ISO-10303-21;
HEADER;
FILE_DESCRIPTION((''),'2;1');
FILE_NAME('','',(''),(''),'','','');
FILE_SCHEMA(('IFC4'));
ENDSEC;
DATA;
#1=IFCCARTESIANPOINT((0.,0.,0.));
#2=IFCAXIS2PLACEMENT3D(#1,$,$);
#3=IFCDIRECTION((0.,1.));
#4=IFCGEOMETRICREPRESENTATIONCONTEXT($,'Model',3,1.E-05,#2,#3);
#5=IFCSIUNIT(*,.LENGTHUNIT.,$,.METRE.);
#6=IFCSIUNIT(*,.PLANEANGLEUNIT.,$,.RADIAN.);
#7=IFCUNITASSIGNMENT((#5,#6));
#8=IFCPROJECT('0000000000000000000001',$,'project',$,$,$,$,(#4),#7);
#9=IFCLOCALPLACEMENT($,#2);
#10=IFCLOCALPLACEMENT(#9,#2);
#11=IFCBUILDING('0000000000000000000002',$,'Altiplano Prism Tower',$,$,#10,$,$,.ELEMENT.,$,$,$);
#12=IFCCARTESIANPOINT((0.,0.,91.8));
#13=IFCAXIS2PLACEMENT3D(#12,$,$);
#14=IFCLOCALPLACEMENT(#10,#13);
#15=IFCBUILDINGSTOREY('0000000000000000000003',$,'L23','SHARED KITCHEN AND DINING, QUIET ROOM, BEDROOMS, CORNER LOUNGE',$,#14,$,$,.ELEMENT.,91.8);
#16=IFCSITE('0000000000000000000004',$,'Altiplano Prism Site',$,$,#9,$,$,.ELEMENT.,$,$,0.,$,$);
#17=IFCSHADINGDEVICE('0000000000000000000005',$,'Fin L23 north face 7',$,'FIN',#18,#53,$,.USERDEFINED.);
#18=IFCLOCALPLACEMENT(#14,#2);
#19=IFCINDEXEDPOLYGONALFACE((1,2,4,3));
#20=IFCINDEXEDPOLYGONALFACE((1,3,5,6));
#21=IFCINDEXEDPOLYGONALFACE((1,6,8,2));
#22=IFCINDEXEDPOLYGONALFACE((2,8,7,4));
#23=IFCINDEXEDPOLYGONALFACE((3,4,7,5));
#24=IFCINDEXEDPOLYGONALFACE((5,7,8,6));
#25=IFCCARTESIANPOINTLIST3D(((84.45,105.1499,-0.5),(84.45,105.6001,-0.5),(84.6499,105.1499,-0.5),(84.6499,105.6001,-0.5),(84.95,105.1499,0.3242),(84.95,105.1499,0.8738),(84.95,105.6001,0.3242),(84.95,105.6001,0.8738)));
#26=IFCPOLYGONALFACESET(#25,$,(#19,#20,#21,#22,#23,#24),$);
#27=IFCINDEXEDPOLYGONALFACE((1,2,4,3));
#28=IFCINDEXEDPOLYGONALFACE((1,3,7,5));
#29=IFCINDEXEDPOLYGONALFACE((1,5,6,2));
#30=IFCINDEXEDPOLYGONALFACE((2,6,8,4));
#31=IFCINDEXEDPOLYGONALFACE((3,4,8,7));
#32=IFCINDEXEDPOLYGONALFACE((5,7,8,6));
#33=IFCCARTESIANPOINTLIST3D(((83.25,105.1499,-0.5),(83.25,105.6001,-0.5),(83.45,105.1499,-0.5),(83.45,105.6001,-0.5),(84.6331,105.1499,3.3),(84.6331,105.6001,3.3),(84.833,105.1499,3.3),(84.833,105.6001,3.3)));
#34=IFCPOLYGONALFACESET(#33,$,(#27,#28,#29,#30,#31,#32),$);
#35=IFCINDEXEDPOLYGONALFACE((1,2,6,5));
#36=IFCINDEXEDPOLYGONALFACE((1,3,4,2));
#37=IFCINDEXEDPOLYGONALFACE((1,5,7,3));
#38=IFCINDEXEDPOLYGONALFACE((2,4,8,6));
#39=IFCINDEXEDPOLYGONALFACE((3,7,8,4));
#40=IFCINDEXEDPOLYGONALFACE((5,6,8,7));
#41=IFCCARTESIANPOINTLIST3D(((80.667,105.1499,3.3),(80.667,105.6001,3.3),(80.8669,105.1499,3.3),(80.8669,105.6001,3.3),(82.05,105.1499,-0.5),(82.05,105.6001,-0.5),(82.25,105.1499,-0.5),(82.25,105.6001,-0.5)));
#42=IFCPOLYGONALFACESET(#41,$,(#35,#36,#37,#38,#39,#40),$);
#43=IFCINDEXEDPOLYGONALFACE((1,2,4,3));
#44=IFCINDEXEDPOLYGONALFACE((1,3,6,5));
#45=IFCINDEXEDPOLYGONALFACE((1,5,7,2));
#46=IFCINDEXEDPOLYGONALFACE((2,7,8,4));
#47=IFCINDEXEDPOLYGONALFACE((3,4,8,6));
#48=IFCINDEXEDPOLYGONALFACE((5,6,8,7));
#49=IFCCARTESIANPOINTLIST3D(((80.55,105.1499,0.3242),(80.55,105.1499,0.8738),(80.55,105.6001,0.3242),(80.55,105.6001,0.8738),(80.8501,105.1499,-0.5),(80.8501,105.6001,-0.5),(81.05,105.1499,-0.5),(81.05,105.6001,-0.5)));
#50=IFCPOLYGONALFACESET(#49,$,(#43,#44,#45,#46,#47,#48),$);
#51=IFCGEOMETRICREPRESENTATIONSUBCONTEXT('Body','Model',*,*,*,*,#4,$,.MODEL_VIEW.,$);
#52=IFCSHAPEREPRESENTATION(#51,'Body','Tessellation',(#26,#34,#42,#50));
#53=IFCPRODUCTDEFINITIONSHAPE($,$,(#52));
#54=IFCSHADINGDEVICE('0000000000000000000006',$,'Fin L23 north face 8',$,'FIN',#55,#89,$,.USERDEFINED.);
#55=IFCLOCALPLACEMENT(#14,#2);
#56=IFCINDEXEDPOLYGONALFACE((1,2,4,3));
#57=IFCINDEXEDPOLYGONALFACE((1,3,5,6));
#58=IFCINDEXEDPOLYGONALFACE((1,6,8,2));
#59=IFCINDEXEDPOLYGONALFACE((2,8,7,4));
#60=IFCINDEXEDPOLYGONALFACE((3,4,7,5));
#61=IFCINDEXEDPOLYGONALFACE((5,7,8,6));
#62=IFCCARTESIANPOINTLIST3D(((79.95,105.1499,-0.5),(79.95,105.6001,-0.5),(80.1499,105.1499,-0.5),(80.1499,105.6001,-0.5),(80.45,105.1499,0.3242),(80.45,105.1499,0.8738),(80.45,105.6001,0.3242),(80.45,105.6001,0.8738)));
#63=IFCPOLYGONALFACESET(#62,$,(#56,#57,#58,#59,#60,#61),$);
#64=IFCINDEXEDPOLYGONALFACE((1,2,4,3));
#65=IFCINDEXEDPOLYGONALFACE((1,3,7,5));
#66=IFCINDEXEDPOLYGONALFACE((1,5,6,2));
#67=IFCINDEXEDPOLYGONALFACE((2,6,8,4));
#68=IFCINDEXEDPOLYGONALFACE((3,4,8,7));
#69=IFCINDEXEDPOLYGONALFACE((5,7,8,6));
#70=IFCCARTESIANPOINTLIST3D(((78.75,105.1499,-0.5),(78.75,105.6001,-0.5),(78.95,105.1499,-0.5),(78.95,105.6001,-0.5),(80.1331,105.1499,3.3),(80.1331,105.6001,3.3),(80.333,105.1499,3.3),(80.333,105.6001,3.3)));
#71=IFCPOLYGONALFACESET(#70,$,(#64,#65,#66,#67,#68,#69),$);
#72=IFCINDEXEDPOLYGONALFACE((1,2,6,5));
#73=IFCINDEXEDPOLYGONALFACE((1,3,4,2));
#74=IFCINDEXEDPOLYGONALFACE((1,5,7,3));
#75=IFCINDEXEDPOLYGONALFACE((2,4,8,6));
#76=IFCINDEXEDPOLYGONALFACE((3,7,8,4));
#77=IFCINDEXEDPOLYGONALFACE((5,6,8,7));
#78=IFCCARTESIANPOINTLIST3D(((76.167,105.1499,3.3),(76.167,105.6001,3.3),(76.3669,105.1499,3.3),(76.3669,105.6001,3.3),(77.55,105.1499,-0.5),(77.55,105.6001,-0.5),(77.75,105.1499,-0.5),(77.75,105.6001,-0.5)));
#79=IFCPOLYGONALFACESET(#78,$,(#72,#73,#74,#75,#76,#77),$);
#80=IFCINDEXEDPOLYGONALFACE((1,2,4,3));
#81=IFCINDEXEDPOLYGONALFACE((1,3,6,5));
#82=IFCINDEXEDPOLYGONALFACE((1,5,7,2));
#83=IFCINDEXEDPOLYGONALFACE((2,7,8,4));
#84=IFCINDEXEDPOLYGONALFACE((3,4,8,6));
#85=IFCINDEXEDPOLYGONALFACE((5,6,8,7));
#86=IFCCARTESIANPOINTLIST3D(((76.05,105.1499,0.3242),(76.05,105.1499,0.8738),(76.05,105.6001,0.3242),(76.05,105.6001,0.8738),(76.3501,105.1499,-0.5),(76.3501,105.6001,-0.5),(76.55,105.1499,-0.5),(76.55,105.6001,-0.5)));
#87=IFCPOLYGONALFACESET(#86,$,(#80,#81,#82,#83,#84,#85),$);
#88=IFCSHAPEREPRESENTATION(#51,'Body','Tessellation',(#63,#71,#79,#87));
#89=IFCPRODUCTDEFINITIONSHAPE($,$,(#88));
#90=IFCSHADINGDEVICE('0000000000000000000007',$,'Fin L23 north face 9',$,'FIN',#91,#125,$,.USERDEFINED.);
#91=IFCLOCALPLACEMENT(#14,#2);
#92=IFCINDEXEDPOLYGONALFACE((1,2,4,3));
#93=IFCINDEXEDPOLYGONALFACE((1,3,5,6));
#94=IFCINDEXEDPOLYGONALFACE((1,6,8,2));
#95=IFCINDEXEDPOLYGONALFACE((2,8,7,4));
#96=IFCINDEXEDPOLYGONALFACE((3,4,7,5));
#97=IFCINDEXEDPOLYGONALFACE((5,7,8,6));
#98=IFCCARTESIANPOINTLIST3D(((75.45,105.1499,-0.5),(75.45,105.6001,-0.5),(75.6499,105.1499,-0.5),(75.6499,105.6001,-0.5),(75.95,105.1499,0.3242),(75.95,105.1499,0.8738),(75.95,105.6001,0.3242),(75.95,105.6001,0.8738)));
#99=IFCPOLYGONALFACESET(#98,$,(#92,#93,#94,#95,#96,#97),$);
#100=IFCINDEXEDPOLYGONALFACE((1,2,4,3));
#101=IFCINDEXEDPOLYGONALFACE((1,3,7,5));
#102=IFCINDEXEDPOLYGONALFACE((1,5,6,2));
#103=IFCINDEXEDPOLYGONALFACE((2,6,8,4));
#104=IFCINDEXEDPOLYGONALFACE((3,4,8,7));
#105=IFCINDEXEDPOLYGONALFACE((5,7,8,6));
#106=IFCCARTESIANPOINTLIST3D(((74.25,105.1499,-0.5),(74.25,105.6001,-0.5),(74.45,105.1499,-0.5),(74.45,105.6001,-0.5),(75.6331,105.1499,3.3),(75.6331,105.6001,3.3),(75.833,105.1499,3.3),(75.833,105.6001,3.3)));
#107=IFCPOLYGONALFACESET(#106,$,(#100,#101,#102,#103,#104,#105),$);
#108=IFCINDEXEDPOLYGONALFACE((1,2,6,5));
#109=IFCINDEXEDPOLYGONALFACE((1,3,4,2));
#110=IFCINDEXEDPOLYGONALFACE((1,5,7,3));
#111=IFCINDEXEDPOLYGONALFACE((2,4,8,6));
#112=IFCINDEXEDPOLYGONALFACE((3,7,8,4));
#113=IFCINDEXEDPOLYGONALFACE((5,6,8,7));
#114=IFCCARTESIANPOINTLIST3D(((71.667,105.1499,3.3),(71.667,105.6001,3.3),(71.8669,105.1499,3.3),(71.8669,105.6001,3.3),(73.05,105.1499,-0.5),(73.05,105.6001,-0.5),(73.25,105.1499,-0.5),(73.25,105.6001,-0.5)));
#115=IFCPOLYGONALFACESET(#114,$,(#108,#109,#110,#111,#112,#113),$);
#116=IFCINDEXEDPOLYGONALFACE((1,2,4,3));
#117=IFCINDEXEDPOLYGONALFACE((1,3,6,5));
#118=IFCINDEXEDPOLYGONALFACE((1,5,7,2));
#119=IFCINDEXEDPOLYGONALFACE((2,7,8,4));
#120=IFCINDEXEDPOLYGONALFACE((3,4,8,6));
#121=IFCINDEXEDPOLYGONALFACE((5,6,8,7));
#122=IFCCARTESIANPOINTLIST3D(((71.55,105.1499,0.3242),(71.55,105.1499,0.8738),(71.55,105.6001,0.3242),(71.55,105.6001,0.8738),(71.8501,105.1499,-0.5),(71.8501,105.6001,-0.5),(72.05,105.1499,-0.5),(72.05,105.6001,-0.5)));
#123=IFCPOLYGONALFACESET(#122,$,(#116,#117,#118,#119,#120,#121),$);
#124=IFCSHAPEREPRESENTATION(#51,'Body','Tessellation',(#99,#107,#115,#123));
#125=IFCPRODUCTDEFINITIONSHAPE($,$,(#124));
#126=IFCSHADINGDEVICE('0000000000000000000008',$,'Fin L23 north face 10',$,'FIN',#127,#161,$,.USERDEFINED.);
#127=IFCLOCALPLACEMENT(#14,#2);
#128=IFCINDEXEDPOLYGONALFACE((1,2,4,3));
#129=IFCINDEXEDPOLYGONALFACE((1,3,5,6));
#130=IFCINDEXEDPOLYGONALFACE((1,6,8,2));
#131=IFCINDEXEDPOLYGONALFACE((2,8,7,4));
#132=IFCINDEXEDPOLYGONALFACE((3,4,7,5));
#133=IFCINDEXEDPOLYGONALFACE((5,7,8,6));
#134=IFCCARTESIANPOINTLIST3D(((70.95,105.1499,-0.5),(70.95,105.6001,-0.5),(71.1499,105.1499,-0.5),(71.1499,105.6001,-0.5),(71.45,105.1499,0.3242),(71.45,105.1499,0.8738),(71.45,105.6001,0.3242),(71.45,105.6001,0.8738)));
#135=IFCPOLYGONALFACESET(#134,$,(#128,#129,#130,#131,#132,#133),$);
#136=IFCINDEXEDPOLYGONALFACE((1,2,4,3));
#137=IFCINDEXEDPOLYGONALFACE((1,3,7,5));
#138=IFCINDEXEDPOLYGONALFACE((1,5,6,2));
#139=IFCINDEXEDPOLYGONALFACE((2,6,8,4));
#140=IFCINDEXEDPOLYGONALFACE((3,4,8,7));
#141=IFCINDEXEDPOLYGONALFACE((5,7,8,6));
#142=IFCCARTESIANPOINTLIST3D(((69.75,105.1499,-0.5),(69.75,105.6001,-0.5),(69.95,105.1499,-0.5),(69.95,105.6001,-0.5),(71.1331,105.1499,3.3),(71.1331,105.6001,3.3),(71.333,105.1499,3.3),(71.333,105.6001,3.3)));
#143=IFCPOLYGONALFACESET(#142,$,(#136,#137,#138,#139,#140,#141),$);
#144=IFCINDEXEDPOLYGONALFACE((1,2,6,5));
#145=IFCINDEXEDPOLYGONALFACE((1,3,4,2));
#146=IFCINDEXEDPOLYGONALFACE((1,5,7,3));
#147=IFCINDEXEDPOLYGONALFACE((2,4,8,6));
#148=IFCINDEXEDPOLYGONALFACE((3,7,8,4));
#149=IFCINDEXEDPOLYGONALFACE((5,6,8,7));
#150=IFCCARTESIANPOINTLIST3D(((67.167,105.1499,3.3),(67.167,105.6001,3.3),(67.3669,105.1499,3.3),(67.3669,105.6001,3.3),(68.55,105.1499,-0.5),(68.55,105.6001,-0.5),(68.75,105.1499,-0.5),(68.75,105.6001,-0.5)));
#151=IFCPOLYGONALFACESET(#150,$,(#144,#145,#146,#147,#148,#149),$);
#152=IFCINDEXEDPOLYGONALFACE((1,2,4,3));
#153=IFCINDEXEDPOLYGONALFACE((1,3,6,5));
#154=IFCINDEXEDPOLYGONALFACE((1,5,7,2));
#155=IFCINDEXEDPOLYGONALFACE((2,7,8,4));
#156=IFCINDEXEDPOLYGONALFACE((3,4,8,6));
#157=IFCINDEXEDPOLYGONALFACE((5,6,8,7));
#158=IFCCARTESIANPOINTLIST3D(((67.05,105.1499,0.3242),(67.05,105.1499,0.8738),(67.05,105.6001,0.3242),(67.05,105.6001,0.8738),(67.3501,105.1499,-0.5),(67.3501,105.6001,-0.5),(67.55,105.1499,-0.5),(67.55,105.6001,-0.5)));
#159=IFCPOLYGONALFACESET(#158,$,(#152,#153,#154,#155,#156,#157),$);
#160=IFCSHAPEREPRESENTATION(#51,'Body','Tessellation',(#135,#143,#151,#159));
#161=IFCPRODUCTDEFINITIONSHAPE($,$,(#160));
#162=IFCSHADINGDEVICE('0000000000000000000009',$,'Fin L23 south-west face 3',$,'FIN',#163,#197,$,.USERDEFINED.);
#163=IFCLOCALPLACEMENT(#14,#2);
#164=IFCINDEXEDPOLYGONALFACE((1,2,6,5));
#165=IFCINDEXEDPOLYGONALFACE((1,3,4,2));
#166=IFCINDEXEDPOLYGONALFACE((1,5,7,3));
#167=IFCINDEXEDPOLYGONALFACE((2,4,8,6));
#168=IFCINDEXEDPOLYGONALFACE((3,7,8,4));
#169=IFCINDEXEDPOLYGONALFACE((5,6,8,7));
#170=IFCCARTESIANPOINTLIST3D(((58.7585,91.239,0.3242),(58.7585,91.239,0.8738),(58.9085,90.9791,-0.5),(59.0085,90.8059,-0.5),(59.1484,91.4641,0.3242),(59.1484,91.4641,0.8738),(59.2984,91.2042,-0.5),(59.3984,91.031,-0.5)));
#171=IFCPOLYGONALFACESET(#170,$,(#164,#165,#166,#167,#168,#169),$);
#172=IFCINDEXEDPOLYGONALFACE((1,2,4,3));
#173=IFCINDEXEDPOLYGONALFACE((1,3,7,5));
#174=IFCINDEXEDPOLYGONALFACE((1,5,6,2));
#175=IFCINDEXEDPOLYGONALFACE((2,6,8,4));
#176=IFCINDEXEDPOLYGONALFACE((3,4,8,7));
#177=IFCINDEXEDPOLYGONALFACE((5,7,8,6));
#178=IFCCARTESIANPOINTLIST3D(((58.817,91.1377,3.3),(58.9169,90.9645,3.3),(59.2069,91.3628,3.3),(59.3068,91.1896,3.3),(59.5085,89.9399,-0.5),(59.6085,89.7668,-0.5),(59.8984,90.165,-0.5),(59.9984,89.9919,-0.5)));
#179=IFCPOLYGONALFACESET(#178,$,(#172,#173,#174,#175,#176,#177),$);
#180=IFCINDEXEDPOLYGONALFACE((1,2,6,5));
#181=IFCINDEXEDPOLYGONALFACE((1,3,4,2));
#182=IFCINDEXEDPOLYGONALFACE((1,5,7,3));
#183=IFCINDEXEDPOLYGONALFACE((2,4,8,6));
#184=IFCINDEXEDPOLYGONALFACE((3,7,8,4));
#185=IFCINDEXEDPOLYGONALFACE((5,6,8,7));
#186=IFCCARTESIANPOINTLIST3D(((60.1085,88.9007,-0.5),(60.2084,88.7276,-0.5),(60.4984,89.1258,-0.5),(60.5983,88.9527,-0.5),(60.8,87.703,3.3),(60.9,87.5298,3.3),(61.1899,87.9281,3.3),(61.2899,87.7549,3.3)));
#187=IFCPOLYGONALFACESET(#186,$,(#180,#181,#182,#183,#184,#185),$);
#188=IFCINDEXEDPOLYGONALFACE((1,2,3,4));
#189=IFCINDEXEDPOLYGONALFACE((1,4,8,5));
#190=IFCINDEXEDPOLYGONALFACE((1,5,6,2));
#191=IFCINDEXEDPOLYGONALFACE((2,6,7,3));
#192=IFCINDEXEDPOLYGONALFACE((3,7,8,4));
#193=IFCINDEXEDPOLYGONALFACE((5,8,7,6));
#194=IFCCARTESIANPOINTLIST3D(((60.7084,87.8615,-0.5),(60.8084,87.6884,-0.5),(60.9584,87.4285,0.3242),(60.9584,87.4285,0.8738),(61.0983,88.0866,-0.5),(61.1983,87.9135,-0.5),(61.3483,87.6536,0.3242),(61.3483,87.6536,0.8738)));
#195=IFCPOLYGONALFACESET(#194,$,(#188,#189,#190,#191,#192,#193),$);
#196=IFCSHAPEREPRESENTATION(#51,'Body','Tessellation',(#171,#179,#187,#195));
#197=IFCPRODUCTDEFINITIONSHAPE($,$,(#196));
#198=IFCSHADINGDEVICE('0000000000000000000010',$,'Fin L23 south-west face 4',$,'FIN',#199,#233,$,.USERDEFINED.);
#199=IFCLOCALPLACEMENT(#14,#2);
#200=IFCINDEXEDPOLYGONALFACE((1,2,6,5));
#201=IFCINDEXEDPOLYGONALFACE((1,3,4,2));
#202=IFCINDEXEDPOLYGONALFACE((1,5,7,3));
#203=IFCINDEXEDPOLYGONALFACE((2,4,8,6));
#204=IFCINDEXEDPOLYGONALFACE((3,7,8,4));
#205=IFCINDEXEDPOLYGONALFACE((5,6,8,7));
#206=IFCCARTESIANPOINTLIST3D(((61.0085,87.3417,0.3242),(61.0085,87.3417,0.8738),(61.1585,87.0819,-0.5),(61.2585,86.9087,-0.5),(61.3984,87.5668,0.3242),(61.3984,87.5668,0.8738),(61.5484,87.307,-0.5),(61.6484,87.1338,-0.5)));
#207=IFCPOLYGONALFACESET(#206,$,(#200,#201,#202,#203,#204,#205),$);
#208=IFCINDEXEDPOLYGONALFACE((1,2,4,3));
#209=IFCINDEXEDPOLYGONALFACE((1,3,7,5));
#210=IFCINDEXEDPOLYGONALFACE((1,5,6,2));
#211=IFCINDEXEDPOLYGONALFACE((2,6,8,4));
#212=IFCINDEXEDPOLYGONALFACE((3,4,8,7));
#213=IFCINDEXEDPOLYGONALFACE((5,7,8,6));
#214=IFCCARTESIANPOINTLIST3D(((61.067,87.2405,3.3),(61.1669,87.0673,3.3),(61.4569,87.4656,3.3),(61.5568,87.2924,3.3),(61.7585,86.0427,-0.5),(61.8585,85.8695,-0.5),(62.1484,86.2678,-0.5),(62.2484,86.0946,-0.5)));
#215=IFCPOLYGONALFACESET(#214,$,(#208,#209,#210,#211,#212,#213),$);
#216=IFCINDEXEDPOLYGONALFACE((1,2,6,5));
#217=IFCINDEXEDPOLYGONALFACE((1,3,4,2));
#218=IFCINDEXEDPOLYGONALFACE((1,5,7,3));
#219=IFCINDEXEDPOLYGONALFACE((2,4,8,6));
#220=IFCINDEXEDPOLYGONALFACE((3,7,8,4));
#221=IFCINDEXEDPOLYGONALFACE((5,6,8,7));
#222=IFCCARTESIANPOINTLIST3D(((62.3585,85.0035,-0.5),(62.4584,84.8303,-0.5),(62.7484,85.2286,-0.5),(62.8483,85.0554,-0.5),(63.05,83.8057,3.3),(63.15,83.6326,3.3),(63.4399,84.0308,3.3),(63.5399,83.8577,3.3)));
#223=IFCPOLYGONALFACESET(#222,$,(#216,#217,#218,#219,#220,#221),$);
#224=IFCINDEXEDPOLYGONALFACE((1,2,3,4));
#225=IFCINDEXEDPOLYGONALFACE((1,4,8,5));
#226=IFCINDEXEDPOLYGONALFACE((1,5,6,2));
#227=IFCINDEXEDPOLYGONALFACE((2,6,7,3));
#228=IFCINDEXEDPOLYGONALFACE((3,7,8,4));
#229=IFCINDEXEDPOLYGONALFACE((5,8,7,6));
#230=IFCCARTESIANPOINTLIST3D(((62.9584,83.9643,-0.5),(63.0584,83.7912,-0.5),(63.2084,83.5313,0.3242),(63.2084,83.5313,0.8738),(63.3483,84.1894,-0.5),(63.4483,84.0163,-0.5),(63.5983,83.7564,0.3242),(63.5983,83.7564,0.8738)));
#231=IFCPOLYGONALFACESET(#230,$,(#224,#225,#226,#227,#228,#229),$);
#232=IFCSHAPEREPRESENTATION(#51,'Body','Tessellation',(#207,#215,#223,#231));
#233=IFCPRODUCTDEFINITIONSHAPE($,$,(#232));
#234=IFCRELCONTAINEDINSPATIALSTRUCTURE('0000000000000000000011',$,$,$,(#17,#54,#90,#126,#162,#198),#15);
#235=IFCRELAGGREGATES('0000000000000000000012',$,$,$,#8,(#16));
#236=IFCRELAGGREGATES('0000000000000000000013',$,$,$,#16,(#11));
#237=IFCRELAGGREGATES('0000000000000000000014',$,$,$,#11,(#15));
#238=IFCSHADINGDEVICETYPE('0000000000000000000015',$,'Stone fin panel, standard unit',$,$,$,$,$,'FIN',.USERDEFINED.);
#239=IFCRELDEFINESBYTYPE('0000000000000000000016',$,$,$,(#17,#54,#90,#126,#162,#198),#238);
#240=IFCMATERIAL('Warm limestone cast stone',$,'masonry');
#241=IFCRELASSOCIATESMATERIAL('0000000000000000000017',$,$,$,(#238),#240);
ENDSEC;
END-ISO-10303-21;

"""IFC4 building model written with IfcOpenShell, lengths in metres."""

from ifc_helpers import new_model, si_unit, direction, frame, origin, place, context, subcontext, project, spatial, polyline, outline, extrude, source, transform, mapped, material, type_object, element, save


model = new_model("IFC4")

# Units and contexts
model_context = context("Model", 3, precision=1e-05, world=origin(), true_north=direction((0.0, 1.0)))
body_context = subcontext(model_context, "Body", "Model", "MODEL_VIEW")
ifc_project = project(units=[si_unit("LENGTHUNIT", "METRE"), si_unit("PLANEANGLEUNIT", "RADIAN")], contexts=[model_context])

# Site, building, storey
site_placement = place(None, origin())
site = spatial("IfcSite", under=ifc_project, at=site_placement, Name="Altiplano Prism Site", CompositionType="ELEMENT", RefElevation=0.0)
building_placement = place(site_placement, origin())
building = spatial("IfcBuilding", under=site, at=building_placement, Name="Altiplano Prism Tower", CompositionType="ELEMENT")
storey_placement = place(building_placement, frame((0.0, 0.0, 91.8)))
storey = spatial("IfcBuildingStorey", under=building, at=storey_placement, Name="L23", Description="SHARED KITCHEN AND DINING, QUIET ROOM, BEDROOMS, CORNER LOUNGE", CompositionType="ELEMENT", Elevation=91.8)

# Shading devices
ifc_material_1 = material(Name="Warm limestone cast stone", Category="masonry")
shading_device_type_1 = type_object("IfcShadingDeviceType", Name="Stone fin panel, standard unit", ElementType="FIN", PredefinedType="USERDEFINED", material=ifc_material_1)
shared_shape_1 = source(origin(), body_context, "Body", "SweptSolid", [
    extrude(outline(polyline([(-2.2, 1.3738), (-2.2, 0.8242), (-1.8999, 0.0), (-1.7, 0.0), (-2.2, 1.3738)])), frame((0.0, -0.1499, 0.0), z_axis=(0.0, -1.0, 0.0), x_axis=(1.0, 0.0, 0.0)), (0.0, 0.0, 1.0), 0.4502),
    extrude(outline(polyline([(-2.083, 3.8), (-0.7, 0.0), (-0.5, 0.0), (-1.8831, 3.8), (-2.083, 3.8)])), frame((0.0, -0.1499, 0.0), z_axis=(0.0, -1.0, 0.0), x_axis=(1.0, 0.0, 0.0)), (0.0, 0.0, 1.0), 0.4502),
    extrude(outline(polyline([(1.8831, 3.8), (0.5, 0.0), (0.7, 0.0), (2.083, 3.8), (1.8831, 3.8)])), frame((0.0, -0.1499, 0.0), z_axis=(0.0, -1.0, 0.0), x_axis=(1.0, 0.0, 0.0)), (0.0, 0.0, 1.0), 0.4502),
    extrude(outline(polyline([(2.2, 0.8242), (2.2, 1.3738), (1.7, 0.0), (1.8999, 0.0), (2.2, 0.8242)])), frame((0.0, -0.1499, 0.0), z_axis=(0.0, -1.0, 0.0), x_axis=(1.0, 0.0, 0.0)), (0.0, 0.0, 1.0), 0.4502),
])
shading_device_1_placement = place(storey_placement, origin())
element("IfcShadingDevice", 1, at=shading_device_1_placement, inside=storey, type_object=shading_device_type_1, Name="Fin L23 north face 7", ObjectType="FIN", PredefinedType="USERDEFINED", context=body_context, shape_type="MappedRepresentation", body=[
    mapped(shared_shape_1, transform((82.75, 105.0, -0.5), x_axis=(-1.0, 0.0, 0.0), y_axis=(0.0, -1.0, 0.0), z_axis=(0.0, 0.0, 1.0))),
])
shading_device_2_placement = place(storey_placement, origin())
element("IfcShadingDevice", 2, at=shading_device_2_placement, inside=storey, type_object=shading_device_type_1, Name="Fin L23 north face 8", ObjectType="FIN", PredefinedType="USERDEFINED", context=body_context, shape_type="MappedRepresentation", body=[
    mapped(shared_shape_1, transform((78.25, 105.0, -0.5), x_axis=(-1.0, 0.0, 0.0), y_axis=(0.0, -1.0, 0.0), z_axis=(0.0, 0.0, 1.0))),
])
shading_device_3_placement = place(storey_placement, origin())
element("IfcShadingDevice", 3, at=shading_device_3_placement, inside=storey, type_object=shading_device_type_1, Name="Fin L23 north face 9", ObjectType="FIN", PredefinedType="USERDEFINED", context=body_context, shape_type="MappedRepresentation", body=[
    mapped(shared_shape_1, transform((73.75, 105.0, -0.5), x_axis=(-1.0, 0.0, 0.0), y_axis=(0.0, -1.0, 0.0), z_axis=(0.0, 0.0, 1.0))),
])
shading_device_4_placement = place(storey_placement, origin())
element("IfcShadingDevice", 4, at=shading_device_4_placement, inside=storey, type_object=shading_device_type_1, Name="Fin L23 north face 10", ObjectType="FIN", PredefinedType="USERDEFINED", context=body_context, shape_type="MappedRepresentation", body=[
    mapped(shared_shape_1, transform((69.25, 105.0, -0.5), x_axis=(-1.0, 0.0, 0.0), y_axis=(0.0, -1.0, 0.0), z_axis=(0.0, 0.0, 1.0))),
])
shading_device_5_placement = place(storey_placement, origin())
element("IfcShadingDevice", 5, at=shading_device_5_placement, inside=storey, type_object=shading_device_type_1, Name="Fin L23 south-west face 3", ObjectType="FIN", PredefinedType="USERDEFINED", context=body_context, shape_type="MappedRepresentation", body=[
    mapped(shared_shape_1, transform((60.3782, 89.6338, -0.5), x_axis=(0.5, -0.866025, 0.0), y_axis=(0.866025, 0.5, 0.0), z_axis=(0.0, 0.0, 1.0))),
])
shading_device_6_placement = place(storey_placement, origin())
element("IfcShadingDevice", 6, at=shading_device_6_placement, inside=storey, type_object=shading_device_type_1, Name="Fin L23 south-west face 4", ObjectType="FIN", PredefinedType="USERDEFINED", context=body_context, shape_type="MappedRepresentation", body=[
    mapped(shared_shape_1, transform((62.6282, 85.7366, -0.5), x_axis=(0.5, -0.866025, 0.0), y_axis=(0.866025, 0.5, 0.0), z_axis=(0.0, 0.0, 1.0))),
])

save(model, "model.ifc")
